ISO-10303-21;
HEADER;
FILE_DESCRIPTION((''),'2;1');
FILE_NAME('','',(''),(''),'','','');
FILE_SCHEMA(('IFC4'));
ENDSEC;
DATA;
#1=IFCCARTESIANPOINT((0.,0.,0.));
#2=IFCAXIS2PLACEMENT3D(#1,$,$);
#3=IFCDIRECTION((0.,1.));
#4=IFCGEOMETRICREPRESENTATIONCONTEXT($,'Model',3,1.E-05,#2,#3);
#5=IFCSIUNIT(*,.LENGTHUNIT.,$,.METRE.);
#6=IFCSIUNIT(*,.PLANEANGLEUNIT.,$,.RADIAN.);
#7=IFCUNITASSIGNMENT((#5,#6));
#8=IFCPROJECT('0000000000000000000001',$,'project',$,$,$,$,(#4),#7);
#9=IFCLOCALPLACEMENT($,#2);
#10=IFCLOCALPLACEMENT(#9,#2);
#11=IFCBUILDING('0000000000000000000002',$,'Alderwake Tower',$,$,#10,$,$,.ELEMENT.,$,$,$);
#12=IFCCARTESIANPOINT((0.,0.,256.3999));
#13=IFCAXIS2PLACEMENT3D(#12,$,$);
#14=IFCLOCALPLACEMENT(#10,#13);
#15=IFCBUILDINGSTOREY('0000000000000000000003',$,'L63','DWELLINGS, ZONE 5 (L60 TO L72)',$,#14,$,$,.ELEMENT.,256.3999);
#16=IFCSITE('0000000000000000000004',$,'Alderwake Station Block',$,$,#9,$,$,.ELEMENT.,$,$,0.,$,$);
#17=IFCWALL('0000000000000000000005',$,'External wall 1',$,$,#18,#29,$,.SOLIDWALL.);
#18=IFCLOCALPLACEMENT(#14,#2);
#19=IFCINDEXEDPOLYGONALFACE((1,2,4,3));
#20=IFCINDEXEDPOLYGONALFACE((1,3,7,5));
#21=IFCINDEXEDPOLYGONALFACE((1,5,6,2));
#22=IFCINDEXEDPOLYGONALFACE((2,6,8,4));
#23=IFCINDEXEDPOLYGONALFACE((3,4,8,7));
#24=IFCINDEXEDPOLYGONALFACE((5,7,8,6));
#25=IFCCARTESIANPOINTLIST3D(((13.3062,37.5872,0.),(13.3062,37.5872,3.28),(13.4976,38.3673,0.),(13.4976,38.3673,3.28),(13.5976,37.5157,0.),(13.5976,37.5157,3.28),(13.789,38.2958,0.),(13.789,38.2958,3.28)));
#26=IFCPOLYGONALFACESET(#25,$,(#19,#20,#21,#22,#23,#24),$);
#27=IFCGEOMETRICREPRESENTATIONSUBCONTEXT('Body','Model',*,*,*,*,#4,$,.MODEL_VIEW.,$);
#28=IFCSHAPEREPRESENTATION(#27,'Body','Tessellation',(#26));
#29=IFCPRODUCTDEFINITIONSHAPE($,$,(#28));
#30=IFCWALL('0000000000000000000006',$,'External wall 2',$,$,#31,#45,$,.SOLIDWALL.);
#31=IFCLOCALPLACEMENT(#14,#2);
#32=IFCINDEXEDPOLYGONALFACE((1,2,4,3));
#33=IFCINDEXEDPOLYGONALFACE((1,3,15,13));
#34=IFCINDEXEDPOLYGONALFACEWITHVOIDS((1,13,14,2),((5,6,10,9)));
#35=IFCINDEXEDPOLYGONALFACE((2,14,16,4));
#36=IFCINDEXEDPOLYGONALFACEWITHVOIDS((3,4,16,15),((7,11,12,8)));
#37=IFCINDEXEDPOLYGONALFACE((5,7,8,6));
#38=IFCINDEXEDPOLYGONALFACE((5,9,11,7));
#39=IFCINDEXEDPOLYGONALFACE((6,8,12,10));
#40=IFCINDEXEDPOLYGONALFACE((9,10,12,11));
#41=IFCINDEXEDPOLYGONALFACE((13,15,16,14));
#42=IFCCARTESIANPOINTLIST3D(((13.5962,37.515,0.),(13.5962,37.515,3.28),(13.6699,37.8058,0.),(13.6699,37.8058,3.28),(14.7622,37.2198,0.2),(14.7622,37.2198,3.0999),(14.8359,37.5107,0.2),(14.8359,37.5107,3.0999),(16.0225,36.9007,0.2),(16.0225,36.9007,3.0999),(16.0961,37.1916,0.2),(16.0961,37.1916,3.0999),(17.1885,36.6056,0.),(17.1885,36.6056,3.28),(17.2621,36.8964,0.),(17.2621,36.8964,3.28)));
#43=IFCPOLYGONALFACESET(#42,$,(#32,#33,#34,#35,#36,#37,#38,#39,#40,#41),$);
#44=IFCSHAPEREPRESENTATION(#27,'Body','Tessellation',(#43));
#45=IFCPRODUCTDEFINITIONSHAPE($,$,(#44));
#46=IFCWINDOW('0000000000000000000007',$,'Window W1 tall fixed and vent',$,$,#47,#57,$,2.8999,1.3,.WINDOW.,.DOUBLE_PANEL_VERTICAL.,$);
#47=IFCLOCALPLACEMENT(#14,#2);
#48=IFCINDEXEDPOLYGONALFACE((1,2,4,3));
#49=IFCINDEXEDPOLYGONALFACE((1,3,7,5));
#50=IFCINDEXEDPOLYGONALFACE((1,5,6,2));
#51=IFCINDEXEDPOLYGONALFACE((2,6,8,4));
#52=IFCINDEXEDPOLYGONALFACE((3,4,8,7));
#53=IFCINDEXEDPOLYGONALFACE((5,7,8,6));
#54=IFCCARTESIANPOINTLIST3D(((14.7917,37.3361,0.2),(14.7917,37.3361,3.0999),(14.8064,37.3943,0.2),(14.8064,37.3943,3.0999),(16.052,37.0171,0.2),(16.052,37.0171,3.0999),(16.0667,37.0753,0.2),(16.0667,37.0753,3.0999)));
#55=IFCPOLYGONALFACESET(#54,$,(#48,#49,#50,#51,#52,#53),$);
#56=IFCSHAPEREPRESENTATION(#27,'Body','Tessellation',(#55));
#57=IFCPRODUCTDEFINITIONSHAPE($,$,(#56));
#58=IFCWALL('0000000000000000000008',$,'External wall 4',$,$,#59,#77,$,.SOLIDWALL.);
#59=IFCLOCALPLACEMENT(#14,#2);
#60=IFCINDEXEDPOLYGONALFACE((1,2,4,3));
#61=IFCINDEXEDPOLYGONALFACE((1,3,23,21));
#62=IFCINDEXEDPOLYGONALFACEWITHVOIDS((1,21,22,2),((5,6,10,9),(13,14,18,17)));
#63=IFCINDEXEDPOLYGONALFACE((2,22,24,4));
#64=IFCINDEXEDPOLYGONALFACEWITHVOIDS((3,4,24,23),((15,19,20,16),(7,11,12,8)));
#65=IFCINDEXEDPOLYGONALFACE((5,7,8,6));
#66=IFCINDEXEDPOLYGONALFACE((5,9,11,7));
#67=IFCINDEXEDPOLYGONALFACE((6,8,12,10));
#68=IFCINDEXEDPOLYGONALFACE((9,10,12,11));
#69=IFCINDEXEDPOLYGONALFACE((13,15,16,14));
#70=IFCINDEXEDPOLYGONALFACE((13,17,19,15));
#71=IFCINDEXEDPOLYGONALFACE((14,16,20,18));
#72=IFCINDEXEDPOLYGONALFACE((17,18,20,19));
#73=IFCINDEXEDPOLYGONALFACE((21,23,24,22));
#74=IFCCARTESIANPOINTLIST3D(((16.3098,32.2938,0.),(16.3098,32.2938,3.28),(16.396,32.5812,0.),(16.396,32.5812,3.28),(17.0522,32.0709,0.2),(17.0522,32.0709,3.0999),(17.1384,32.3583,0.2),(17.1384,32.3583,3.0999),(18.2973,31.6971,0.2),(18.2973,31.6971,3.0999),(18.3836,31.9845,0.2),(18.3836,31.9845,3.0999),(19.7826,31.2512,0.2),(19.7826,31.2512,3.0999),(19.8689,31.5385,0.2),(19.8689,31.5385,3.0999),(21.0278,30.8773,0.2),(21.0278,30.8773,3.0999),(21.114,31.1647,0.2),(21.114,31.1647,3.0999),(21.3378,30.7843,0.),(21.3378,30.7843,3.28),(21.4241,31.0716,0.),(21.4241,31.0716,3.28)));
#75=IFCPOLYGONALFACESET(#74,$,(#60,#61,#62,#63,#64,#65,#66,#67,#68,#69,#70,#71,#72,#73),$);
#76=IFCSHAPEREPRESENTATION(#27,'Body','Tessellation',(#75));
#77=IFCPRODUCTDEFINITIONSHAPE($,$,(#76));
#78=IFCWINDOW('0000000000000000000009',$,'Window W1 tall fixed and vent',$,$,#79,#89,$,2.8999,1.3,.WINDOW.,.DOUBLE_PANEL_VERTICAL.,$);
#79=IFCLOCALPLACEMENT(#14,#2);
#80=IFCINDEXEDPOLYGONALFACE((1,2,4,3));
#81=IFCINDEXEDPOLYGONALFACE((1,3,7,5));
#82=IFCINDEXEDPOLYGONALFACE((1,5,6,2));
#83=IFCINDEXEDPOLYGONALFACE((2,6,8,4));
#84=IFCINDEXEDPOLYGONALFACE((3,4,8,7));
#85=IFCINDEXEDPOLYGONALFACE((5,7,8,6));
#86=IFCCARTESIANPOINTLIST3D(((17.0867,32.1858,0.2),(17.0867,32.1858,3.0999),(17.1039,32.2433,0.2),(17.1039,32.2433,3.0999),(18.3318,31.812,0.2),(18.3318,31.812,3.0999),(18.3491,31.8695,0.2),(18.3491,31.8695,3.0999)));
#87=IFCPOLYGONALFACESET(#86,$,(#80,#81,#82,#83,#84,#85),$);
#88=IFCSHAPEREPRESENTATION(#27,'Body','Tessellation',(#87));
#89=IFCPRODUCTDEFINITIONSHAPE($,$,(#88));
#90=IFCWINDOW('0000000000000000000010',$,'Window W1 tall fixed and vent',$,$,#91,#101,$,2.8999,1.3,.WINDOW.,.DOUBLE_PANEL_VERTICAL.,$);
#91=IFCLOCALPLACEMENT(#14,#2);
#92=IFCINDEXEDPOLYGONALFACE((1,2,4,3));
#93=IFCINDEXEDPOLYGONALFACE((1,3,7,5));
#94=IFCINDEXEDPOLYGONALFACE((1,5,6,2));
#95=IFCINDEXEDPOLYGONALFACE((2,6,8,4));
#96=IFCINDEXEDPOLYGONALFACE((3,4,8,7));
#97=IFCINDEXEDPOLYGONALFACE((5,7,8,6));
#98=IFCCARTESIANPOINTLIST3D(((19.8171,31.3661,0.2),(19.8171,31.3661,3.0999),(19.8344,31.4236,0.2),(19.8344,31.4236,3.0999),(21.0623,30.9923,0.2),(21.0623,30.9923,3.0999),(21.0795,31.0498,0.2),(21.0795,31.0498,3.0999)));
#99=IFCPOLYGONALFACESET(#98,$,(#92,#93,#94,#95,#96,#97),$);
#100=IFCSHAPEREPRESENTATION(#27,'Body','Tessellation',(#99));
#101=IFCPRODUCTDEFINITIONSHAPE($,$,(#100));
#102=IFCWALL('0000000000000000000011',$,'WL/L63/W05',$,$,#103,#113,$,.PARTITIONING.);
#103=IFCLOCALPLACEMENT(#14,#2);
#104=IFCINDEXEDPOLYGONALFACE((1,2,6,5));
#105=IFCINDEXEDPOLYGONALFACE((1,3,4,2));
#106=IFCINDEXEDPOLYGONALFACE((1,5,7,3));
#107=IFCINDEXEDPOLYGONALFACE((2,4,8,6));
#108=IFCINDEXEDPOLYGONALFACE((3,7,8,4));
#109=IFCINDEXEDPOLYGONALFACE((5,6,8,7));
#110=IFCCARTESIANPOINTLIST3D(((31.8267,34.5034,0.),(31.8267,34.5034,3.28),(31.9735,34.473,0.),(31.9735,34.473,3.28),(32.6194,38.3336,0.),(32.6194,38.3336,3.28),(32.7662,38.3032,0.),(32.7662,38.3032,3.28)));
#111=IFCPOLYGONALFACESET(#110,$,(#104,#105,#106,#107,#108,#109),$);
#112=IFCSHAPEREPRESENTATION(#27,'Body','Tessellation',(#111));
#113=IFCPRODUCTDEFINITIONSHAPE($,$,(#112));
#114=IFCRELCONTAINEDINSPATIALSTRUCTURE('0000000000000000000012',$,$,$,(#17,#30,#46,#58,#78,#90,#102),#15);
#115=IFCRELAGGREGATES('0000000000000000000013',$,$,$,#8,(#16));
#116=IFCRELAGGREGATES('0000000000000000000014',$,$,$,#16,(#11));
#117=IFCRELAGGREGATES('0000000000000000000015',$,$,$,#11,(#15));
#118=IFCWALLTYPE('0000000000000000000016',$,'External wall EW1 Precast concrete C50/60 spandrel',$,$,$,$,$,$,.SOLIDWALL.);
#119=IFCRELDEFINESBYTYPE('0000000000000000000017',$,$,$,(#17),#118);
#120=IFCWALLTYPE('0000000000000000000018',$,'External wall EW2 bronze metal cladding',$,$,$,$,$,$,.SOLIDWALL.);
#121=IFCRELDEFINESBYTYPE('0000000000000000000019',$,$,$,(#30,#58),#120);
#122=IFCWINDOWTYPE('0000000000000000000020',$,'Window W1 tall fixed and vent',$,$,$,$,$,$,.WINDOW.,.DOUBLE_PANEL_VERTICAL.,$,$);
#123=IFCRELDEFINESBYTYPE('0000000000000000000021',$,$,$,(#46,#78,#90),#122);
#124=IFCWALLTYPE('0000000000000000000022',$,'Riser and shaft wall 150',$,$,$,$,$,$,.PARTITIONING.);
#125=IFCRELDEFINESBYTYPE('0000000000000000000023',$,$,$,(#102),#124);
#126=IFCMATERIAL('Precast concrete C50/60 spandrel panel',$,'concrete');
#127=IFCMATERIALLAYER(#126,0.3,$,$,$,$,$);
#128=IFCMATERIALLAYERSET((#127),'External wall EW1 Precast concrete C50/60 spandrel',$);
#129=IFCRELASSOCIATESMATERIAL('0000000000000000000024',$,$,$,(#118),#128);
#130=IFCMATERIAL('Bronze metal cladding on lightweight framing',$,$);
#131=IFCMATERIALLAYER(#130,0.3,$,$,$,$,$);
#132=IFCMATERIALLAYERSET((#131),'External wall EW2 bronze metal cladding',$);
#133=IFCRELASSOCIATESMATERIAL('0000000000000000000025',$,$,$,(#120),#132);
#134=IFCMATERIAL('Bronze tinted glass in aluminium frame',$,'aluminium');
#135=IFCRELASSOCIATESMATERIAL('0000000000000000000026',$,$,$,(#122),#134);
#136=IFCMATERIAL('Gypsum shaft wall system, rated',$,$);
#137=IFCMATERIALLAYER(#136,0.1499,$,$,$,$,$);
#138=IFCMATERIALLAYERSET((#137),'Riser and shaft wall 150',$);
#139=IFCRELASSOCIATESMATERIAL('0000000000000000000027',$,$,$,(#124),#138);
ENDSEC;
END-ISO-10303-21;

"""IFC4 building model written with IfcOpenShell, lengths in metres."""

from ifc_helpers import new_model, si_unit, direction, frame, frame_2d, origin, place, context, subcontext, project, spatial, rectangle, extrude, material, layer, layer_set, type_object, element, fill, save


model = new_model("IFC4")

# Units and contexts
model_context = context("Model", 3, precision=1e-05, world=origin(), true_north=direction((0.0, 1.0)))
body_context = subcontext(model_context, "Body", "Model", "MODEL_VIEW")
ifc_project = project(units=[si_unit("LENGTHUNIT", "METRE"), si_unit("PLANEANGLEUNIT", "RADIAN")], contexts=[model_context])

# Site, building, storey
site_placement = place(None, origin())
site = spatial("IfcSite", under=ifc_project, at=site_placement, Name="Alderwake Station Block", CompositionType="ELEMENT", RefElevation=0.0)
building_placement = place(site_placement, origin())
building = spatial("IfcBuilding", under=site, at=building_placement, Name="Alderwake Tower", CompositionType="ELEMENT")
storey_placement = place(building_placement, frame((0.0, 0.0, 256.3999)))
storey = spatial("IfcBuildingStorey", under=building, at=storey_placement, Name="L63", Description="DWELLINGS, ZONE 5 (L60 TO L72)", CompositionType="ELEMENT", Elevation=256.3999)

# Wall
ifc_material_1 = material(Name="Precast concrete C50/60 spandrel panel", Category="concrete")
ifc_layer_1 = layer(ifc_material_1, 0.3)
ifc_layer_set_1 = layer_set([ifc_layer_1], Name="External wall EW1 Precast concrete C50/60 spandrel")
wall_type_1 = type_object("IfcWallType", Name="External wall EW1 Precast concrete C50/60 spandrel", PredefinedType="SOLIDWALL", material=ifc_layer_set_1)
wall_1_placement = place(storey_placement, frame((13.6433, 38.3315, 0.0), z_axis=(0.0, 0.0, 1.0), x_axis=(-0.238313, -0.971188, 0.0)))
element("IfcWall", 1, at=wall_1_placement, inside=storey, type_object=wall_type_1, Name="External wall 1", PredefinedType="SOLIDWALL", context=body_context, shape_type="SweptSolid", body=[
    extrude(rectangle(XDim=0.8032, YDim=0.3, at=frame_2d((0.4016, 0.0))), origin(), (0.0, 0.0, 1.0), 3.28),
])

# Wall, opening, window
ifc_material_2 = material(Name="Bronze metal cladding on lightweight framing")
ifc_layer_2 = layer(ifc_material_2, 0.3)
ifc_layer_set_2 = layer_set([ifc_layer_2], Name="External wall EW2 bronze metal cladding")
wall_type_2 = type_object("IfcWallType", Name="External wall EW2 bronze metal cladding", PredefinedType="SOLIDWALL", material=ifc_layer_set_2)
wall_2_placement = place(storey_placement, frame((13.6331, 37.6604, 0.0), z_axis=(0.0, 0.0, 1.0), x_axis=(0.969417, -0.245418, 0.0)))
wall_2 = element("IfcWall", 2, at=wall_2_placement, inside=storey, type_object=wall_type_2, Name="External wall 2", PredefinedType="SOLIDWALL", context=body_context, shape_type="SweptSolid", body=[
    extrude(rectangle(XDim=3.7056, YDim=0.3, at=frame_2d((1.8528, 0.0))), origin(), (0.0, 0.0, 1.0), 3.28),
])
opening_1_placement = place(wall_2_placement, frame((1.2029, 0.0, 0.2)))
opening_1 = element("IfcOpeningElement", 3, at=opening_1_placement, cuts=wall_2, PredefinedType="OPENING", context=body_context, shape_type="SweptSolid", body=[
    extrude(rectangle(XDim=1.3, YDim=2.8999, at=frame_2d((0.6499, 1.45))), frame((0.0, 0.1599, 0.0), z_axis=(0.0, -1.0, 0.0), x_axis=(1.0, 0.0, 0.0)), (0.0, 0.0, 1.0), 0.3201),
])
ifc_material_3 = material(Name="Bronze tinted glass in aluminium frame", Category="aluminium")
window_type = type_object("IfcWindowType", Name="Window W1 tall fixed and vent", PartitioningType="DOUBLE_PANEL_VERTICAL", PredefinedType="WINDOW", material=ifc_material_3)
window_1_placement = place(opening_1_placement, origin())
window_1 = element("IfcWindow", 4, at=window_1_placement, inside=storey, type_object=window_type, Name="Window W1 tall fixed and vent", OverallHeight=2.8999, OverallWidth=1.3, PartitioningType="DOUBLE_PANEL_VERTICAL", PredefinedType="WINDOW", context=body_context, shape_type="SweptSolid", body=[
    extrude(rectangle(XDim=1.3, YDim=2.8999, at=frame_2d((0.6499, 1.45))), frame((0.0, 0.03, 0.0), z_axis=(0.0, -1.0, 0.0), x_axis=(1.0, 0.0, 0.0)), (0.0, 0.0, 1.0), 0.0601),
])
fill(opening_1, window_1)

# Wall, openings, windows
wall_3_placement = place(storey_placement, frame((16.3528, 32.4375, 0.0), z_axis=(0.0, 0.0, 1.0), x_axis=(0.957769, -0.28754, 0.0)))
wall_3 = element("IfcWall", 5, at=wall_3_placement, inside=storey, type_object=wall_type_2, Name="External wall 4", PredefinedType="SOLIDWALL", context=body_context, shape_type="SweptSolid", body=[
    extrude(rectangle(XDim=5.2498, YDim=0.3, at=frame_2d((2.625, 0.0))), origin(), (0.0, 0.0, 1.0), 3.28),
])
opening_2_placement = place(wall_3_placement, frame((0.7754, 0.0, 0.2)))
opening_2 = element("IfcOpeningElement", 6, at=opening_2_placement, cuts=wall_3, PredefinedType="OPENING", context=body_context, shape_type="SweptSolid", body=[
    extrude(rectangle(XDim=1.3, YDim=2.8999, at=frame_2d((0.6499, 1.45))), frame((0.0, 0.1599, 0.0), z_axis=(0.0, -1.0, 0.0), x_axis=(1.0, 0.0, 0.0)), (0.0, 0.0, 1.0), 0.3201),
])
opening_3_placement = place(wall_3_placement, frame((3.6262, 0.0, 0.2)))
opening_3 = element("IfcOpeningElement", 7, at=opening_3_placement, cuts=wall_3, PredefinedType="OPENING", context=body_context, shape_type="SweptSolid", body=[
    extrude(rectangle(XDim=1.3, YDim=2.8999, at=frame_2d((0.6499, 1.45))), frame((0.0, 0.1599, 0.0), z_axis=(0.0, -1.0, 0.0), x_axis=(1.0, 0.0, 0.0)), (0.0, 0.0, 1.0), 0.3201),
])
window_2_placement = place(opening_2_placement, origin())
window_2 = element("IfcWindow", 8, at=window_2_placement, inside=storey, type_object=window_type, Name="Window W1 tall fixed and vent", OverallHeight=2.8999, OverallWidth=1.3, PartitioningType="DOUBLE_PANEL_VERTICAL", PredefinedType="WINDOW", context=body_context, shape_type="SweptSolid", body=[
    extrude(rectangle(XDim=1.3, YDim=2.8999, at=frame_2d((0.6499, 1.45))), frame((0.0, 0.03, 0.0), z_axis=(0.0, -1.0, 0.0), x_axis=(1.0, 0.0, 0.0)), (0.0, 0.0, 1.0), 0.0601),
])
fill(opening_2, window_2)
window_3_placement = place(opening_3_placement, origin())
window_3 = element("IfcWindow", 9, at=window_3_placement, inside=storey, type_object=window_type, Name="Window W1 tall fixed and vent", OverallHeight=2.8999, OverallWidth=1.3, PartitioningType="DOUBLE_PANEL_VERTICAL", PredefinedType="WINDOW", context=body_context, shape_type="SweptSolid", body=[
    extrude(rectangle(XDim=1.3, YDim=2.8999, at=frame_2d((0.6499, 1.45))), frame((0.0, 0.03, 0.0), z_axis=(0.0, -1.0, 0.0), x_axis=(1.0, 0.0, 0.0)), (0.0, 0.0, 1.0), 0.0601),
])
fill(opening_3, window_3)

# Wall
ifc_material_4 = material(Name="Gypsum shaft wall system, rated")
ifc_layer_3 = layer(ifc_material_4, 0.1499)
ifc_layer_set_3 = layer_set([ifc_layer_3], Name="Riser and shaft wall 150")
wall_type_3 = type_object("IfcWallType", Name="Riser and shaft wall 150", PredefinedType="PARTITIONING", material=ifc_layer_set_3)
wall_4_placement = place(storey_placement, frame((31.9001, 34.4883, 0.0), z_axis=(0.0, 0.0, 1.0), x_axis=(0.202665, 0.979248, 0.0)))
element("IfcWall", 10, at=wall_4_placement, inside=storey, type_object=wall_type_3, Name="WL/L63/W05", PredefinedType="PARTITIONING", context=body_context, shape_type="SweptSolid", body=[
    extrude(rectangle(XDim=3.9114, YDim=0.1499, at=frame_2d((1.9556, 0.0))), origin(), (0.0, 0.0, 1.0), 3.28),
])

save(model, "model.ifc")
